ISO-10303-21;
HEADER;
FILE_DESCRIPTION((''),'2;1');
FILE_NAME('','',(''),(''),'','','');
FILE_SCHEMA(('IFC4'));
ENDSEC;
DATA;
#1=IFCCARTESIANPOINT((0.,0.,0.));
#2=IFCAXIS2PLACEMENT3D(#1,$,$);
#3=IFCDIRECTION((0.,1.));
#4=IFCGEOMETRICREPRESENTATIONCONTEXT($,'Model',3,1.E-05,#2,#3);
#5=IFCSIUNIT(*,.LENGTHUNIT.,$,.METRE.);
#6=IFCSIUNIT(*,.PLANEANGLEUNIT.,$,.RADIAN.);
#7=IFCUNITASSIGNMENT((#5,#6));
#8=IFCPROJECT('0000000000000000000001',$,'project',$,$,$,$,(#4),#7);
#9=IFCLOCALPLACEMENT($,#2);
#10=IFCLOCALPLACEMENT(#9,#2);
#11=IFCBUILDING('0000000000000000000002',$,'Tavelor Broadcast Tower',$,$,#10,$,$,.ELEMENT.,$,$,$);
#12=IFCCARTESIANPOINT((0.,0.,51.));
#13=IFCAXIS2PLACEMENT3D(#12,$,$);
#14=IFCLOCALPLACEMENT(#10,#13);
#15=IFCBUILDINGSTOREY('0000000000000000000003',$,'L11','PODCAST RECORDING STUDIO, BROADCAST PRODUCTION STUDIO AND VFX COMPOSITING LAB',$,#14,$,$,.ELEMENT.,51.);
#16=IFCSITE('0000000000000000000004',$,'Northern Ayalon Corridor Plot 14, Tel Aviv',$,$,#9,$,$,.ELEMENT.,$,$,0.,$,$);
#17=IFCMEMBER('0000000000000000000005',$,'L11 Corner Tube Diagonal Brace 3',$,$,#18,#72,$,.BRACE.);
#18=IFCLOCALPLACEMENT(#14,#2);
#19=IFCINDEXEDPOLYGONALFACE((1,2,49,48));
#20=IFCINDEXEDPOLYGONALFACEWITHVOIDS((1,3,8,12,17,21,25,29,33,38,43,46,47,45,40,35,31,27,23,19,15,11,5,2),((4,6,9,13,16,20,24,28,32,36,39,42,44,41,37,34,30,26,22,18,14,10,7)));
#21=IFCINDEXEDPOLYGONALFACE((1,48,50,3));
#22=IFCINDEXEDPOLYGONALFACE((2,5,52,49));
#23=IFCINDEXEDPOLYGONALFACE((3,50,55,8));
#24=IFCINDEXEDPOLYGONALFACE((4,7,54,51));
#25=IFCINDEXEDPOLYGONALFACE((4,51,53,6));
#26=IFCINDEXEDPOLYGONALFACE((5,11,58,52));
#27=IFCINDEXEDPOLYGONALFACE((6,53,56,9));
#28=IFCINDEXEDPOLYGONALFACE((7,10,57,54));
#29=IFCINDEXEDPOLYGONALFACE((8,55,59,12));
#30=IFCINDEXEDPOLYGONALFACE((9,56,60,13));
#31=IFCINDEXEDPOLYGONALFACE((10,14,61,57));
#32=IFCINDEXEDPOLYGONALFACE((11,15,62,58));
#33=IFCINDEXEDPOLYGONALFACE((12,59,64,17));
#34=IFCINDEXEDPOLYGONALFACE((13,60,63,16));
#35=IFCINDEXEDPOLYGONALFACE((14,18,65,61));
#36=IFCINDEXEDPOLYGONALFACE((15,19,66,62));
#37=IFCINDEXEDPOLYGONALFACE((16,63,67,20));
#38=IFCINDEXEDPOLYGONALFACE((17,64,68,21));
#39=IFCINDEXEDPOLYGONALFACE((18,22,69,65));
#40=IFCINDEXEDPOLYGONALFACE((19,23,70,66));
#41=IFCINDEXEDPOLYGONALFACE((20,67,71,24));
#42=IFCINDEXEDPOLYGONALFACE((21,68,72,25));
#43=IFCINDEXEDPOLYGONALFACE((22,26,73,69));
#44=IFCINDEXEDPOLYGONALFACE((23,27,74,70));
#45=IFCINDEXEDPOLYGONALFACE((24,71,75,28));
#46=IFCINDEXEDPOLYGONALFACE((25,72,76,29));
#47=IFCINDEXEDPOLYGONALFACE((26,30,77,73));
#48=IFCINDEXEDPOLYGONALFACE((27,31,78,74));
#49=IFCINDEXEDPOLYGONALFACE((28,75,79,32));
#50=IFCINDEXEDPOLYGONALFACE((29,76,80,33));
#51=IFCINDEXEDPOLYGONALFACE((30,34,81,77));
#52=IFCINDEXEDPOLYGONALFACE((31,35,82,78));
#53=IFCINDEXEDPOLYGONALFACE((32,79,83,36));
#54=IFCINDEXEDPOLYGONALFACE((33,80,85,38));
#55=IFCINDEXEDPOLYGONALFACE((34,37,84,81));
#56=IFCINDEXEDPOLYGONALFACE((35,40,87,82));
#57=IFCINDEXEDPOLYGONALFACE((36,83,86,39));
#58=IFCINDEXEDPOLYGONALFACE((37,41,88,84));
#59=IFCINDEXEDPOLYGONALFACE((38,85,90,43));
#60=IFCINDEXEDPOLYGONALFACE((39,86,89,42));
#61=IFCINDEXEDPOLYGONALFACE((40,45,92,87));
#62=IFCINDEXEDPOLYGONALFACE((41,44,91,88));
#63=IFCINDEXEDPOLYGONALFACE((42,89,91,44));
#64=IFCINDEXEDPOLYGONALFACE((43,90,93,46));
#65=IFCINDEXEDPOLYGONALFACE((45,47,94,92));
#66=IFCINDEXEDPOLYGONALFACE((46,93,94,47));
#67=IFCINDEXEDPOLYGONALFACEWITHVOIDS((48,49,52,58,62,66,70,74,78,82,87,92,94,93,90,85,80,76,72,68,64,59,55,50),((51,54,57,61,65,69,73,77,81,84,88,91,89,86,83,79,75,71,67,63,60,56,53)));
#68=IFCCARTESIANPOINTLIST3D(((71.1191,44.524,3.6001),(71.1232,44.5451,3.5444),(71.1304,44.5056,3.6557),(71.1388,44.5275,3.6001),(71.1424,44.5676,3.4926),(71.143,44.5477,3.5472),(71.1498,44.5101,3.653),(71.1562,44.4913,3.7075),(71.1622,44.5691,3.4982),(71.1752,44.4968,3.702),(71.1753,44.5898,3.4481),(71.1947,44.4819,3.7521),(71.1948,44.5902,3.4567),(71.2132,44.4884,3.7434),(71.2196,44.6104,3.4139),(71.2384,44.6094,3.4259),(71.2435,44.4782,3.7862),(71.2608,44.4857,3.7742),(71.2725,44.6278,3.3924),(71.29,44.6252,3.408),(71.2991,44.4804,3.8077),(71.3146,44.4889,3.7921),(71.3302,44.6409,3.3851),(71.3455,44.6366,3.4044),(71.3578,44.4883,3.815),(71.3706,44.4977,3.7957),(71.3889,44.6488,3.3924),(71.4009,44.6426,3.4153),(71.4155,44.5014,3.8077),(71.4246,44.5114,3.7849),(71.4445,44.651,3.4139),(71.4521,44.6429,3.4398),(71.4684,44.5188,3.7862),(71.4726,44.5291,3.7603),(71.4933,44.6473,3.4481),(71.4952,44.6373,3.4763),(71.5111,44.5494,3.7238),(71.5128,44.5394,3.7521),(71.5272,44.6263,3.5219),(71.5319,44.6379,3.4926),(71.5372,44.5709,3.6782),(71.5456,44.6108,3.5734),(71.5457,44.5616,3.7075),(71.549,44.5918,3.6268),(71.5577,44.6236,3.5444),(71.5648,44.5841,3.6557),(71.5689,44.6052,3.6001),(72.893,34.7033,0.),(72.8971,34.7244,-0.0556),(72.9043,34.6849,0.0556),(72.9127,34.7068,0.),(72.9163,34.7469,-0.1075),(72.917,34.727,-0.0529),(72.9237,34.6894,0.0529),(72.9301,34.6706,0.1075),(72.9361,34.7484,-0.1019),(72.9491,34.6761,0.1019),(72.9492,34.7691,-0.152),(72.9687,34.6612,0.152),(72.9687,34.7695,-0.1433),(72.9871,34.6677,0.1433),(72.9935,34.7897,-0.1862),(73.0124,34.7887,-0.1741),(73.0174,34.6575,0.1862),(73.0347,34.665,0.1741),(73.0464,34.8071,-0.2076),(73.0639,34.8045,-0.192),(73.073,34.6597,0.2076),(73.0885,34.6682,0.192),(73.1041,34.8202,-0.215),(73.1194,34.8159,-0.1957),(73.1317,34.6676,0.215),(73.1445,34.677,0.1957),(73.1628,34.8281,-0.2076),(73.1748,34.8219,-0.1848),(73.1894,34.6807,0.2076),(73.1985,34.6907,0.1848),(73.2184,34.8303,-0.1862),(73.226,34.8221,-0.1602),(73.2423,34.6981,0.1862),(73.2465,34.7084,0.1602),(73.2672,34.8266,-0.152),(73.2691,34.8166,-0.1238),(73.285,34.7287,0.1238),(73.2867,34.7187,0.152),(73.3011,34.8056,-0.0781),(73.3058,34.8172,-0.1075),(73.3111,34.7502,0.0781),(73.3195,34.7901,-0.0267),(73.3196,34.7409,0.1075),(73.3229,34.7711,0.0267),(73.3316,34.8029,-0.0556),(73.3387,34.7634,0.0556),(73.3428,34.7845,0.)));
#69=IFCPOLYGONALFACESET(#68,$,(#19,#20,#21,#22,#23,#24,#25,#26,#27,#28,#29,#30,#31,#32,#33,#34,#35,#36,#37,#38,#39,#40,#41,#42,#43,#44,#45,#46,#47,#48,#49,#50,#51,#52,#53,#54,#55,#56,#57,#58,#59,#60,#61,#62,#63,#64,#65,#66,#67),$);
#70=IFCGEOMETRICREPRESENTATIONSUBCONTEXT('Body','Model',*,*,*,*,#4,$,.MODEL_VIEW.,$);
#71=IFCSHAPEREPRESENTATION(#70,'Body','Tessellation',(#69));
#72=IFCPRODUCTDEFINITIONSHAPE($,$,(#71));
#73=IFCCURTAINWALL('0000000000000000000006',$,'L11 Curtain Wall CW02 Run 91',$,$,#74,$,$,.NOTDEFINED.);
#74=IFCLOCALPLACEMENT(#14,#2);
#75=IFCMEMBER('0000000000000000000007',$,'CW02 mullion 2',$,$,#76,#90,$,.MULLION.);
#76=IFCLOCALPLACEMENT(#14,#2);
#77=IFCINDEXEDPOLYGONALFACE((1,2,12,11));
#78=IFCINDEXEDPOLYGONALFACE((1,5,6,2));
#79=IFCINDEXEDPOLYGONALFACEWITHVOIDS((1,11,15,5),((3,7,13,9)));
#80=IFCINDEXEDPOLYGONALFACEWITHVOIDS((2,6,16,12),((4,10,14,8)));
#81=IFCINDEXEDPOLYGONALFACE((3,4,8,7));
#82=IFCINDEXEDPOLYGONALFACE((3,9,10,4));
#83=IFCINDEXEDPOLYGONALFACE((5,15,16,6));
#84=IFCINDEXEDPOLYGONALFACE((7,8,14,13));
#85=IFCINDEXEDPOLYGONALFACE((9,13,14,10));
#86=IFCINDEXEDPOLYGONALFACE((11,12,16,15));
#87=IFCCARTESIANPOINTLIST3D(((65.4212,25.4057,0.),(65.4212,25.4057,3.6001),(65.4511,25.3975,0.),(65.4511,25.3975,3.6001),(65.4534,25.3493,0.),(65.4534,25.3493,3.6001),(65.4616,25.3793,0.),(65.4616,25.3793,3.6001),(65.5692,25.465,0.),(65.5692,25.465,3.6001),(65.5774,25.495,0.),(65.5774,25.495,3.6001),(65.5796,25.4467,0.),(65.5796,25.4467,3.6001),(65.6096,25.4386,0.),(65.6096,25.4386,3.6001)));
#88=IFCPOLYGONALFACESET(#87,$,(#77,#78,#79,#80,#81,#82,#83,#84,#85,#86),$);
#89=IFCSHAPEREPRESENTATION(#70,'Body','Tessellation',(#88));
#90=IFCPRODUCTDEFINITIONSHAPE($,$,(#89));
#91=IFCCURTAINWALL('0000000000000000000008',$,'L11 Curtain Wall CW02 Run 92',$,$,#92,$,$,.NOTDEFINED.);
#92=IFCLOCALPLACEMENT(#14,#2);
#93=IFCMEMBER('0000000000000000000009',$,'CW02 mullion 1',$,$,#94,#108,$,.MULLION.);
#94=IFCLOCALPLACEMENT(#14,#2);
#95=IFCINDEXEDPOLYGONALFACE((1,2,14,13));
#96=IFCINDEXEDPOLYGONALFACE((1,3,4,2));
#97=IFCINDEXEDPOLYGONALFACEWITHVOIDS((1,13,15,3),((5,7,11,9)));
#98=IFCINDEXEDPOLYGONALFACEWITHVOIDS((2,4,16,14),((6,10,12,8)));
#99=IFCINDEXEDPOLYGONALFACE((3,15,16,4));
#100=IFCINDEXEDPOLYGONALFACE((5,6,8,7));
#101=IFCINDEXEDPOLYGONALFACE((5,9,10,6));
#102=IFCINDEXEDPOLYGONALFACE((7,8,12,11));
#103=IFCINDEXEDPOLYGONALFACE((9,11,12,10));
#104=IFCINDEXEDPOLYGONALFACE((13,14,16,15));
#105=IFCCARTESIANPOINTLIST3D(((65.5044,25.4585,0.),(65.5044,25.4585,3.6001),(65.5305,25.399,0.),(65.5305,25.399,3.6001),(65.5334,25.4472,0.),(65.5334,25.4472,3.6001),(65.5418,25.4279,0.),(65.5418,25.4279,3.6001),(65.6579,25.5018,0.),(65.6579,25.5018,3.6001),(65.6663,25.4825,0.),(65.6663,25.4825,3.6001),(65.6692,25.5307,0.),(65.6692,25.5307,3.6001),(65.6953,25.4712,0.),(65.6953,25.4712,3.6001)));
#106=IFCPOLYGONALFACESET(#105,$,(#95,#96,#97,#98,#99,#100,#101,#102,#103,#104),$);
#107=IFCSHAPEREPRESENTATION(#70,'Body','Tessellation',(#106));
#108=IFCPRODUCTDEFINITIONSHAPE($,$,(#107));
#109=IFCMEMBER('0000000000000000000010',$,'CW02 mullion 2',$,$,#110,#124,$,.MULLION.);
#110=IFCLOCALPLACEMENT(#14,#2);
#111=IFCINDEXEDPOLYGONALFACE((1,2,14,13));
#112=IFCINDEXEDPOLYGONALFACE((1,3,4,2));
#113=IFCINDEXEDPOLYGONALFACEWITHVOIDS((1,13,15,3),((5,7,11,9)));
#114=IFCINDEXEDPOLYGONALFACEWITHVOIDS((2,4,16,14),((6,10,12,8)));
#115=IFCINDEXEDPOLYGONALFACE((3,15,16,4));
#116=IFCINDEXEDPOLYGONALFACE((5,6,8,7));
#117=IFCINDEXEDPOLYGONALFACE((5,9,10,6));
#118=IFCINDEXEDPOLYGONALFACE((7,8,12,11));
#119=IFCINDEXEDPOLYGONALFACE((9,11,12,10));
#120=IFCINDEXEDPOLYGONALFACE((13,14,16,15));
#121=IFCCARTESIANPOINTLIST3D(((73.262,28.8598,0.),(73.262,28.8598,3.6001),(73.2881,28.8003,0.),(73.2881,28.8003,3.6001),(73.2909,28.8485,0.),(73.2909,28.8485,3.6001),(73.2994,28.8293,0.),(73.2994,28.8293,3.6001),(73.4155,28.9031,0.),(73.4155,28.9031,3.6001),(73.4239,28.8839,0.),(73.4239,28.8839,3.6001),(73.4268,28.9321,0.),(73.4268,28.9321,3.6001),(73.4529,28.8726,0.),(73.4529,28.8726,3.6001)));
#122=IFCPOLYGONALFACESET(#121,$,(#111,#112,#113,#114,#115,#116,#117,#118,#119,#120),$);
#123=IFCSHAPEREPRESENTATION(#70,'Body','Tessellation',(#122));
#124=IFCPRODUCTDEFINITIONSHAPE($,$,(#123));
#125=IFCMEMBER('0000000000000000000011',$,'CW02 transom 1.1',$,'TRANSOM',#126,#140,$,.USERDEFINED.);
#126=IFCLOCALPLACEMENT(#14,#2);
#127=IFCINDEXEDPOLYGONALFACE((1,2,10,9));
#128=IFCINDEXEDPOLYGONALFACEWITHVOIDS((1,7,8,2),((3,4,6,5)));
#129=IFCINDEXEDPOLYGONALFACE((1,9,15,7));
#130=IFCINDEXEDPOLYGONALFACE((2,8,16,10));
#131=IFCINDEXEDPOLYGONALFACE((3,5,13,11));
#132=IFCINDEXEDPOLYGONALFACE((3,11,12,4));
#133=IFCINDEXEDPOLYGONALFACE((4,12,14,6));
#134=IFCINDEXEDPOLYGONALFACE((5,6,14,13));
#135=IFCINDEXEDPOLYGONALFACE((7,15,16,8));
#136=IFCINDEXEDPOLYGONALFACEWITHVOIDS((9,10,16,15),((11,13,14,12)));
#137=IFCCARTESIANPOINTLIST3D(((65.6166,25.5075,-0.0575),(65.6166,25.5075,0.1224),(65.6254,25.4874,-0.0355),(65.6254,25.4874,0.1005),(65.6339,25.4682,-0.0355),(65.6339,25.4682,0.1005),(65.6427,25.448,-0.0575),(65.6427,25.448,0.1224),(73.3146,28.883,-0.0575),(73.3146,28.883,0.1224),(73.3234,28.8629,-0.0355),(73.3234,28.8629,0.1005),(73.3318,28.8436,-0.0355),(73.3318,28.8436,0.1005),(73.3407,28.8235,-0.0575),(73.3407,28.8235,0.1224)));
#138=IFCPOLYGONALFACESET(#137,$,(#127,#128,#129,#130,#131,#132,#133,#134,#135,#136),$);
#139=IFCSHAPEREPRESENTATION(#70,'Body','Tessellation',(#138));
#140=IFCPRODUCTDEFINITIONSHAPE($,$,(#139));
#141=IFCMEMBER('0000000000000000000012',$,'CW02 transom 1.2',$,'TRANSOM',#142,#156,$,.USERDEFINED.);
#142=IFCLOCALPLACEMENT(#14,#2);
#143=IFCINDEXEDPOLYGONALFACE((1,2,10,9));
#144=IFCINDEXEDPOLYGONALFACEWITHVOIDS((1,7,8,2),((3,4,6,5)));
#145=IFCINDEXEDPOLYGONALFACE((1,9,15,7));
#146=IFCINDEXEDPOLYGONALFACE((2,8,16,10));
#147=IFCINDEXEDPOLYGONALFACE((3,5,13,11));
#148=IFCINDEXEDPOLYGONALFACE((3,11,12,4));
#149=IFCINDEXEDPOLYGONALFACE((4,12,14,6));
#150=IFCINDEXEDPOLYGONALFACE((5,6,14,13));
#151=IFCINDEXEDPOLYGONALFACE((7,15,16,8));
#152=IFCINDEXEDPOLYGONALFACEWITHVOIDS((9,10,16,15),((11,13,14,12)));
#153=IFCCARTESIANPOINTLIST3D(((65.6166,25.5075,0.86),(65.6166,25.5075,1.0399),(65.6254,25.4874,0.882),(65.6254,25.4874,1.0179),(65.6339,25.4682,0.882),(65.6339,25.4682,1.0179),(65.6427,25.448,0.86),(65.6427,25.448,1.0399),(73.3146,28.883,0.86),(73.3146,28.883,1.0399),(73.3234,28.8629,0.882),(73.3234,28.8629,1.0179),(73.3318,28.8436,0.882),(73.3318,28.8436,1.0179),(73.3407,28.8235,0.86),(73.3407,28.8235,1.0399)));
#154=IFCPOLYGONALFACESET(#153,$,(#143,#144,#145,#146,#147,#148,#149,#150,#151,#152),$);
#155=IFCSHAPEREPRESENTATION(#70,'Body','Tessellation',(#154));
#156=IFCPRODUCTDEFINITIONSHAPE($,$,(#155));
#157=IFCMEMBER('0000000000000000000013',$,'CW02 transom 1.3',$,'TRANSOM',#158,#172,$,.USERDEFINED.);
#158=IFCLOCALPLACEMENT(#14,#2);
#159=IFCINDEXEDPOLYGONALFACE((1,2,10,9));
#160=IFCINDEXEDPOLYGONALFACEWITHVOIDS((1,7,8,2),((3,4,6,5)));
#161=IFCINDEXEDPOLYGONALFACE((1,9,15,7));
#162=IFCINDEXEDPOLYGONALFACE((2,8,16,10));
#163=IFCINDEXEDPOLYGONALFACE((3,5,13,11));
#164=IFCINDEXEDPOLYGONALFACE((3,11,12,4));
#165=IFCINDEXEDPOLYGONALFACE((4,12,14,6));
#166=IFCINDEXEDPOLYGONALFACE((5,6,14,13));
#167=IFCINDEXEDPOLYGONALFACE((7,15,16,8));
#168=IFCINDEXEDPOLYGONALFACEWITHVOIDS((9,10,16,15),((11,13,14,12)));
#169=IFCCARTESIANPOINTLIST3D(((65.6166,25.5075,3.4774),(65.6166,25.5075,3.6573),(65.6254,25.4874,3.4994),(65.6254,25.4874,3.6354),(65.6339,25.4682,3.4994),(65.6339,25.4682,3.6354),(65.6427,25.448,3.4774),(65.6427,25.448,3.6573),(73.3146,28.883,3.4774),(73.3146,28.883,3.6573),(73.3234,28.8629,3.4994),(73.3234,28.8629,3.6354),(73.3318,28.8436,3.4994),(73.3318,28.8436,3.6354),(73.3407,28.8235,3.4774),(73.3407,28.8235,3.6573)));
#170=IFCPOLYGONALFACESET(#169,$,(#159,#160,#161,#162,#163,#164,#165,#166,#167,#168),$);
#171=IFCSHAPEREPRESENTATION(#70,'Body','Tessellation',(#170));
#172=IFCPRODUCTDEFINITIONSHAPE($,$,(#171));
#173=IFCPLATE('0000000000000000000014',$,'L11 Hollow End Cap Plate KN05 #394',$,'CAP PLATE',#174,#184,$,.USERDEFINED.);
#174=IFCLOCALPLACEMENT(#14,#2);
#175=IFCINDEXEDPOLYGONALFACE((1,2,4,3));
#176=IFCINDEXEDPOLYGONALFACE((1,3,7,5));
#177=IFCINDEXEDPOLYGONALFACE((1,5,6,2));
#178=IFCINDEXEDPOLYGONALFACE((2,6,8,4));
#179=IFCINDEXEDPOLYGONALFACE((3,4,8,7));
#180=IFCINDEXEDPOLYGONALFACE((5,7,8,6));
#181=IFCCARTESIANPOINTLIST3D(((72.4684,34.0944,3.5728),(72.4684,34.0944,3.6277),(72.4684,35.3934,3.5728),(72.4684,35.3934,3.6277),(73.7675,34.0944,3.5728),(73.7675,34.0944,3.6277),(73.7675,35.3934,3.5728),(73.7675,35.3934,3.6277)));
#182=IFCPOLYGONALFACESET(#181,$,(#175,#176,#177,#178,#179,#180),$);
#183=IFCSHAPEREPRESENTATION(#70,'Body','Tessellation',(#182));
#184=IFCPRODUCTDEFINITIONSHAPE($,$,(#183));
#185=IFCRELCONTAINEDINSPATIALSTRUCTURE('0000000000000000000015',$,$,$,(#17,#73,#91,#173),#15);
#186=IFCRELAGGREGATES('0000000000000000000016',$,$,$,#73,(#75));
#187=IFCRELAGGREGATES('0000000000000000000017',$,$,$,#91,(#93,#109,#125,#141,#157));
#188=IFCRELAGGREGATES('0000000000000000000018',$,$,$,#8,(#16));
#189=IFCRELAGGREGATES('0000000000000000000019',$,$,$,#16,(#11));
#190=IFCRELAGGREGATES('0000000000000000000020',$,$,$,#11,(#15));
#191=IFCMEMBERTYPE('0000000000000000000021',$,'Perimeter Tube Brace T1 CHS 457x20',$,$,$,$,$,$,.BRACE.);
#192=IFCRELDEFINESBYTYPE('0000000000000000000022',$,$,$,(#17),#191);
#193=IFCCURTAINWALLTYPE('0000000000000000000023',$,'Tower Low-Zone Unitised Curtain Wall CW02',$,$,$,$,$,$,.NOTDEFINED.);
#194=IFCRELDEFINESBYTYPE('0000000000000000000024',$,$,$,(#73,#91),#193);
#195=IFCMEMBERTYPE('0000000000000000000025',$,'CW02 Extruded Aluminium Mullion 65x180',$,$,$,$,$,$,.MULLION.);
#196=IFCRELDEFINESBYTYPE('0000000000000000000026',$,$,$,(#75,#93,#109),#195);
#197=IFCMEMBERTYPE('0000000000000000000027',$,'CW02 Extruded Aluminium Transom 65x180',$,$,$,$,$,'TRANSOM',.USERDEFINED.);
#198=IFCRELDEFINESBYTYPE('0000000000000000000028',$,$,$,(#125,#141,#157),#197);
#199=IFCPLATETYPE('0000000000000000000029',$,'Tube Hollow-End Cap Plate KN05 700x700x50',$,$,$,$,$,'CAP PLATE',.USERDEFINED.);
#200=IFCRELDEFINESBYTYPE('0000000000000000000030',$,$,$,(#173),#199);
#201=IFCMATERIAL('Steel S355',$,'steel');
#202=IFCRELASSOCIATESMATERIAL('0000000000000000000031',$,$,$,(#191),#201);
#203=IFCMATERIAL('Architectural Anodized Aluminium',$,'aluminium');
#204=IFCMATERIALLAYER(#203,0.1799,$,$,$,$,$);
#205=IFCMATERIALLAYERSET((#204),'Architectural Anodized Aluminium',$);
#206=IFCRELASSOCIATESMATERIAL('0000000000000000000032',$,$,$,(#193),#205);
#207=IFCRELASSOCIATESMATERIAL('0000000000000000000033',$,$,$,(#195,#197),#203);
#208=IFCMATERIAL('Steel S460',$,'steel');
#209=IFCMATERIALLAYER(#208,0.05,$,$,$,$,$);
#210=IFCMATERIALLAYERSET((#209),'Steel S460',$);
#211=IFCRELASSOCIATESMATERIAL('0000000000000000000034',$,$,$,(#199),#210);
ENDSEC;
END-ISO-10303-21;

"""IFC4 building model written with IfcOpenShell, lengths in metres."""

from ifc_helpers import new_model, si_unit, direction, frame, origin, origin_2d, place, context, subcontext, project, spatial, rectangle, hollow_rectangle, hollow_circle, extrude, source, transform, mapped, material, layer, layer_set, material_profile, profile_set, type_object, type_shapes, element, aggregate, save


model = new_model("IFC4")

# Units and contexts
model_context = context("Model", 3, precision=1e-05, world=origin(), true_north=direction((0.0, 1.0)))
body_context = subcontext(model_context, "Body", "Model", "MODEL_VIEW")
ifc_project = project(units=[si_unit("LENGTHUNIT", "METRE"), si_unit("PLANEANGLEUNIT", "RADIAN")], contexts=[model_context])

# Site, building, storey
site_placement = place(None, origin())
site = spatial("IfcSite", under=ifc_project, at=site_placement, Name="Northern Ayalon Corridor Plot 14, Tel Aviv", CompositionType="ELEMENT", RefElevation=0.0)
building_placement = place(site_placement, origin())
building = spatial("IfcBuilding", under=site, at=building_placement, Name="Tavelor Broadcast Tower", CompositionType="ELEMENT")
storey_placement = place(building_placement, frame((0.0, 0.0, 51.0)))
storey = spatial("IfcBuildingStorey", under=building, at=storey_placement, Name="L11", Description="PODCAST RECORDING STUDIO, BROADCAST PRODUCTION STUDIO AND VFX COMPOSITING LAB", CompositionType="ELEMENT", Elevation=51.0)

# Shared definitions
ifc_material_1 = material(Name="Steel S460", Category="steel")

# Shared definitions
ifc_material_2 = material(Name="Steel S355", Category="steel")

# Member
ifc_material_profile_1 = material_profile(ifc_material_2, hollow_circle(Radius=0.2285, WallThickness=0.02, at=origin_2d()), Name="CHS 457x20")
ifc_profile_set_1 = profile_set([ifc_material_profile_1], Name="Steel S355")
member_type_1 = type_object("IfcMemberType", Name="Perimeter Tube Brace T1 CHS 457x20", PredefinedType="BRACE", material=ifc_profile_set_1)
member_1_placement = place(storey_placement, frame((73.1179, 34.7439, 0.0), z_axis=(-0.167206, 0.925685, 0.339337), x_axis=(-0.984075, -0.177753, 0.0)))
element("IfcMember", 1, at=member_1_placement, inside=storey, type_object=member_type_1, Name="L11 Corner Tube Diagonal Brace 3", PredefinedType="BRACE", context=body_context, shape_type="SweptSolid", body=[
    extrude(hollow_circle(Radius=0.2285, WallThickness=0.02, at=origin_2d()), origin(), (0.0, 0.0, 1.0), 10.6091),
])

# Curtain wall, member
ifc_material_3 = material(Name="Architectural Anodized Aluminium", Category="aluminium")
ifc_layer_1 = layer(ifc_material_3, 0.1799)
ifc_layer_set_1 = layer_set([ifc_layer_1], Name="Architectural Anodized Aluminium")
curtain_wall_type = type_object("IfcCurtainWallType", Name="Tower Low-Zone Unitised Curtain Wall CW02", PredefinedType="NOTDEFINED", material=ifc_layer_set_1)
curtain_wall_1_placement = place(storey_placement, origin())
curtain_wall_1 = element("IfcCurtainWall", 2, at=curtain_wall_1_placement, inside=storey, type_object=curtain_wall_type, Name="L11 Curtain Wall CW02 Run 91", PredefinedType="NOTDEFINED")
ifc_material_profile_2 = material_profile(ifc_material_3, hollow_rectangle(XDim=0.0649, YDim=0.1799, WallThickness=0.022, at=origin_2d()), Name="RHS 65x180x22")
ifc_profile_set_2 = profile_set([ifc_material_profile_2], Name="Architectural Anodized Aluminium")
member_type_2 = type_object("IfcMemberType", Name="CW02 Extruded Aluminium Mullion 65x180", PredefinedType="MULLION", material=ifc_profile_set_2)
shared_shape_1 = source(origin(), body_context, "Body", "SweptSolid", [
    extrude(hollow_rectangle(XDim=0.0649, YDim=0.1799, WallThickness=0.022, at=origin_2d()), origin(), (0.0, 0.0, 1.0), 3.6001),
])
type_shapes(member_type_2, [shared_shape_1])
member_2_placement = place(storey_placement, frame((65.5154, 25.4221, 0.0), z_axis=(0.0, 0.0, 1.0), x_axis=(-0.496179, 0.86822, 0.0)))
member_2 = element("IfcMember", 3, at=member_2_placement, type_object=member_type_2, Name="CW02 mullion 2", PredefinedType="MULLION", context=body_context, shape_type="MappedRepresentation", body=[
    mapped(shared_shape_1, transform((0.0, 0.0, 0.0), scale=1.0)),
])
aggregate(curtain_wall_1, [member_2])

# Curtain wall, members
curtain_wall_2_placement = place(storey_placement, origin())
curtain_wall_2 = element("IfcCurtainWall", 4, at=curtain_wall_2_placement, inside=storey, type_object=curtain_wall_type, Name="L11 Curtain Wall CW02 Run 92", PredefinedType="NOTDEFINED")
member_3_placement = place(storey_placement, frame((65.5999, 25.4648, 0.0), z_axis=(0.0, 0.0, 1.0), x_axis=(-0.401567, 0.91583, 0.0)))
member_3 = element("IfcMember", 5, at=member_3_placement, type_object=member_type_2, Name="CW02 mullion 1", PredefinedType="MULLION", context=body_context, shape_type="MappedRepresentation", body=[
    mapped(shared_shape_1, transform((0.0, 0.0, 0.0), scale=1.0)),
])
member_4_placement = place(storey_placement, frame((73.3574, 28.8662, 0.0), z_axis=(0.0, 0.0, 1.0), x_axis=(-0.401567, 0.91583, 0.0)))
member_4 = element("IfcMember", 6, at=member_4_placement, type_object=member_type_2, Name="CW02 mullion 2", PredefinedType="MULLION", context=body_context, shape_type="MappedRepresentation", body=[
    mapped(shared_shape_1, transform((0.0, 0.0, 0.0), scale=1.0)),
])
ifc_material_profile_3 = material_profile(ifc_material_3, hollow_rectangle(XDim=0.0649, YDim=0.1799, WallThickness=0.022, at=origin_2d()), Name="RHS 65x180x22")
ifc_profile_set_3 = profile_set([ifc_material_profile_3], Name="Architectural Anodized Aluminium")
member_type_3 = type_object("IfcMemberType", Name="CW02 Extruded Aluminium Transom 65x180", ElementType="TRANSOM", PredefinedType="USERDEFINED", material=ifc_profile_set_3)
shared_shape_2 = source(origin(), body_context, "Body", "SweptSolid", [
    extrude(hollow_rectangle(XDim=0.0649, YDim=0.1799, WallThickness=0.022, at=origin_2d()), origin(), (0.0, 0.0, 1.0), 8.4055),
])
type_shapes(member_type_3, [shared_shape_2])
member_5_placement = place(storey_placement, frame((65.6296, 25.4778, 0.0325), z_axis=(0.915824, 0.401579, 0.0), x_axis=(-0.401579, 0.915824, 0.0)))
member_5 = element("IfcMember", 7, at=member_5_placement, type_object=member_type_3, Name="CW02 transom 1.1", ObjectType="TRANSOM", PredefinedType="USERDEFINED", context=body_context, shape_type="MappedRepresentation", body=[
    mapped(shared_shape_2, transform((0.0, 0.0, 0.0), scale=1.0)),
])
member_6_placement = place(storey_placement, frame((65.6296, 25.4778, 0.95), z_axis=(0.915824, 0.401579, 0.0), x_axis=(-0.401579, 0.915824, 0.0)))
member_6 = element("IfcMember", 8, at=member_6_placement, type_object=member_type_3, Name="CW02 transom 1.2", ObjectType="TRANSOM", PredefinedType="USERDEFINED", context=body_context, shape_type="MappedRepresentation", body=[
    mapped(shared_shape_2, transform((0.0, 0.0, 0.0), scale=1.0)),
])
member_7_placement = place(storey_placement, frame((65.6296, 25.4778, 3.5674), z_axis=(0.915824, 0.401579, 0.0), x_axis=(-0.401579, 0.915824, 0.0)))
member_7 = element("IfcMember", 9, at=member_7_placement, type_object=member_type_3, Name="CW02 transom 1.3", ObjectType="TRANSOM", PredefinedType="USERDEFINED", context=body_context, shape_type="MappedRepresentation", body=[
    mapped(shared_shape_2, transform((0.0, 0.0, 0.0), scale=1.0)),
])

# Plate
ifc_layer_2 = layer(ifc_material_1, 0.05)
ifc_layer_set_2 = layer_set([ifc_layer_2], Name="Steel S460")
plate_type_1 = type_object("IfcPlateType", Name="Tube Hollow-End Cap Plate KN05 700x700x50", ElementType="CAP PLATE", PredefinedType="USERDEFINED", material=ifc_layer_set_2)
shared_shape_3 = source(origin(), body_context, "Body", "SweptSolid", [
    extrude(rectangle(XDim=1.2991, YDim=1.2991, at=origin_2d()), origin(), (0.0, 0.0, 1.0), 0.0549),
])
plate_1_placement = place(storey_placement, frame((73.1179, 34.7439, 3.5728), z_axis=(0.0, 0.0, 1.0), x_axis=(1.0, 0.0, 0.0)))
element("IfcPlate", 10, at=plate_1_placement, inside=storey, type_object=plate_type_1, Name="L11 Hollow End Cap Plate KN05 #394", ObjectType="CAP PLATE", PredefinedType="USERDEFINED", context=body_context, shape_type="MappedRepresentation", body=[
    mapped(shared_shape_3, transform((0.0, 0.0, 0.0), scale=1.0)),
])

aggregate(curtain_wall_2, [member_3, member_4, member_5, member_6, member_7])

save(model, "model.ifc")
